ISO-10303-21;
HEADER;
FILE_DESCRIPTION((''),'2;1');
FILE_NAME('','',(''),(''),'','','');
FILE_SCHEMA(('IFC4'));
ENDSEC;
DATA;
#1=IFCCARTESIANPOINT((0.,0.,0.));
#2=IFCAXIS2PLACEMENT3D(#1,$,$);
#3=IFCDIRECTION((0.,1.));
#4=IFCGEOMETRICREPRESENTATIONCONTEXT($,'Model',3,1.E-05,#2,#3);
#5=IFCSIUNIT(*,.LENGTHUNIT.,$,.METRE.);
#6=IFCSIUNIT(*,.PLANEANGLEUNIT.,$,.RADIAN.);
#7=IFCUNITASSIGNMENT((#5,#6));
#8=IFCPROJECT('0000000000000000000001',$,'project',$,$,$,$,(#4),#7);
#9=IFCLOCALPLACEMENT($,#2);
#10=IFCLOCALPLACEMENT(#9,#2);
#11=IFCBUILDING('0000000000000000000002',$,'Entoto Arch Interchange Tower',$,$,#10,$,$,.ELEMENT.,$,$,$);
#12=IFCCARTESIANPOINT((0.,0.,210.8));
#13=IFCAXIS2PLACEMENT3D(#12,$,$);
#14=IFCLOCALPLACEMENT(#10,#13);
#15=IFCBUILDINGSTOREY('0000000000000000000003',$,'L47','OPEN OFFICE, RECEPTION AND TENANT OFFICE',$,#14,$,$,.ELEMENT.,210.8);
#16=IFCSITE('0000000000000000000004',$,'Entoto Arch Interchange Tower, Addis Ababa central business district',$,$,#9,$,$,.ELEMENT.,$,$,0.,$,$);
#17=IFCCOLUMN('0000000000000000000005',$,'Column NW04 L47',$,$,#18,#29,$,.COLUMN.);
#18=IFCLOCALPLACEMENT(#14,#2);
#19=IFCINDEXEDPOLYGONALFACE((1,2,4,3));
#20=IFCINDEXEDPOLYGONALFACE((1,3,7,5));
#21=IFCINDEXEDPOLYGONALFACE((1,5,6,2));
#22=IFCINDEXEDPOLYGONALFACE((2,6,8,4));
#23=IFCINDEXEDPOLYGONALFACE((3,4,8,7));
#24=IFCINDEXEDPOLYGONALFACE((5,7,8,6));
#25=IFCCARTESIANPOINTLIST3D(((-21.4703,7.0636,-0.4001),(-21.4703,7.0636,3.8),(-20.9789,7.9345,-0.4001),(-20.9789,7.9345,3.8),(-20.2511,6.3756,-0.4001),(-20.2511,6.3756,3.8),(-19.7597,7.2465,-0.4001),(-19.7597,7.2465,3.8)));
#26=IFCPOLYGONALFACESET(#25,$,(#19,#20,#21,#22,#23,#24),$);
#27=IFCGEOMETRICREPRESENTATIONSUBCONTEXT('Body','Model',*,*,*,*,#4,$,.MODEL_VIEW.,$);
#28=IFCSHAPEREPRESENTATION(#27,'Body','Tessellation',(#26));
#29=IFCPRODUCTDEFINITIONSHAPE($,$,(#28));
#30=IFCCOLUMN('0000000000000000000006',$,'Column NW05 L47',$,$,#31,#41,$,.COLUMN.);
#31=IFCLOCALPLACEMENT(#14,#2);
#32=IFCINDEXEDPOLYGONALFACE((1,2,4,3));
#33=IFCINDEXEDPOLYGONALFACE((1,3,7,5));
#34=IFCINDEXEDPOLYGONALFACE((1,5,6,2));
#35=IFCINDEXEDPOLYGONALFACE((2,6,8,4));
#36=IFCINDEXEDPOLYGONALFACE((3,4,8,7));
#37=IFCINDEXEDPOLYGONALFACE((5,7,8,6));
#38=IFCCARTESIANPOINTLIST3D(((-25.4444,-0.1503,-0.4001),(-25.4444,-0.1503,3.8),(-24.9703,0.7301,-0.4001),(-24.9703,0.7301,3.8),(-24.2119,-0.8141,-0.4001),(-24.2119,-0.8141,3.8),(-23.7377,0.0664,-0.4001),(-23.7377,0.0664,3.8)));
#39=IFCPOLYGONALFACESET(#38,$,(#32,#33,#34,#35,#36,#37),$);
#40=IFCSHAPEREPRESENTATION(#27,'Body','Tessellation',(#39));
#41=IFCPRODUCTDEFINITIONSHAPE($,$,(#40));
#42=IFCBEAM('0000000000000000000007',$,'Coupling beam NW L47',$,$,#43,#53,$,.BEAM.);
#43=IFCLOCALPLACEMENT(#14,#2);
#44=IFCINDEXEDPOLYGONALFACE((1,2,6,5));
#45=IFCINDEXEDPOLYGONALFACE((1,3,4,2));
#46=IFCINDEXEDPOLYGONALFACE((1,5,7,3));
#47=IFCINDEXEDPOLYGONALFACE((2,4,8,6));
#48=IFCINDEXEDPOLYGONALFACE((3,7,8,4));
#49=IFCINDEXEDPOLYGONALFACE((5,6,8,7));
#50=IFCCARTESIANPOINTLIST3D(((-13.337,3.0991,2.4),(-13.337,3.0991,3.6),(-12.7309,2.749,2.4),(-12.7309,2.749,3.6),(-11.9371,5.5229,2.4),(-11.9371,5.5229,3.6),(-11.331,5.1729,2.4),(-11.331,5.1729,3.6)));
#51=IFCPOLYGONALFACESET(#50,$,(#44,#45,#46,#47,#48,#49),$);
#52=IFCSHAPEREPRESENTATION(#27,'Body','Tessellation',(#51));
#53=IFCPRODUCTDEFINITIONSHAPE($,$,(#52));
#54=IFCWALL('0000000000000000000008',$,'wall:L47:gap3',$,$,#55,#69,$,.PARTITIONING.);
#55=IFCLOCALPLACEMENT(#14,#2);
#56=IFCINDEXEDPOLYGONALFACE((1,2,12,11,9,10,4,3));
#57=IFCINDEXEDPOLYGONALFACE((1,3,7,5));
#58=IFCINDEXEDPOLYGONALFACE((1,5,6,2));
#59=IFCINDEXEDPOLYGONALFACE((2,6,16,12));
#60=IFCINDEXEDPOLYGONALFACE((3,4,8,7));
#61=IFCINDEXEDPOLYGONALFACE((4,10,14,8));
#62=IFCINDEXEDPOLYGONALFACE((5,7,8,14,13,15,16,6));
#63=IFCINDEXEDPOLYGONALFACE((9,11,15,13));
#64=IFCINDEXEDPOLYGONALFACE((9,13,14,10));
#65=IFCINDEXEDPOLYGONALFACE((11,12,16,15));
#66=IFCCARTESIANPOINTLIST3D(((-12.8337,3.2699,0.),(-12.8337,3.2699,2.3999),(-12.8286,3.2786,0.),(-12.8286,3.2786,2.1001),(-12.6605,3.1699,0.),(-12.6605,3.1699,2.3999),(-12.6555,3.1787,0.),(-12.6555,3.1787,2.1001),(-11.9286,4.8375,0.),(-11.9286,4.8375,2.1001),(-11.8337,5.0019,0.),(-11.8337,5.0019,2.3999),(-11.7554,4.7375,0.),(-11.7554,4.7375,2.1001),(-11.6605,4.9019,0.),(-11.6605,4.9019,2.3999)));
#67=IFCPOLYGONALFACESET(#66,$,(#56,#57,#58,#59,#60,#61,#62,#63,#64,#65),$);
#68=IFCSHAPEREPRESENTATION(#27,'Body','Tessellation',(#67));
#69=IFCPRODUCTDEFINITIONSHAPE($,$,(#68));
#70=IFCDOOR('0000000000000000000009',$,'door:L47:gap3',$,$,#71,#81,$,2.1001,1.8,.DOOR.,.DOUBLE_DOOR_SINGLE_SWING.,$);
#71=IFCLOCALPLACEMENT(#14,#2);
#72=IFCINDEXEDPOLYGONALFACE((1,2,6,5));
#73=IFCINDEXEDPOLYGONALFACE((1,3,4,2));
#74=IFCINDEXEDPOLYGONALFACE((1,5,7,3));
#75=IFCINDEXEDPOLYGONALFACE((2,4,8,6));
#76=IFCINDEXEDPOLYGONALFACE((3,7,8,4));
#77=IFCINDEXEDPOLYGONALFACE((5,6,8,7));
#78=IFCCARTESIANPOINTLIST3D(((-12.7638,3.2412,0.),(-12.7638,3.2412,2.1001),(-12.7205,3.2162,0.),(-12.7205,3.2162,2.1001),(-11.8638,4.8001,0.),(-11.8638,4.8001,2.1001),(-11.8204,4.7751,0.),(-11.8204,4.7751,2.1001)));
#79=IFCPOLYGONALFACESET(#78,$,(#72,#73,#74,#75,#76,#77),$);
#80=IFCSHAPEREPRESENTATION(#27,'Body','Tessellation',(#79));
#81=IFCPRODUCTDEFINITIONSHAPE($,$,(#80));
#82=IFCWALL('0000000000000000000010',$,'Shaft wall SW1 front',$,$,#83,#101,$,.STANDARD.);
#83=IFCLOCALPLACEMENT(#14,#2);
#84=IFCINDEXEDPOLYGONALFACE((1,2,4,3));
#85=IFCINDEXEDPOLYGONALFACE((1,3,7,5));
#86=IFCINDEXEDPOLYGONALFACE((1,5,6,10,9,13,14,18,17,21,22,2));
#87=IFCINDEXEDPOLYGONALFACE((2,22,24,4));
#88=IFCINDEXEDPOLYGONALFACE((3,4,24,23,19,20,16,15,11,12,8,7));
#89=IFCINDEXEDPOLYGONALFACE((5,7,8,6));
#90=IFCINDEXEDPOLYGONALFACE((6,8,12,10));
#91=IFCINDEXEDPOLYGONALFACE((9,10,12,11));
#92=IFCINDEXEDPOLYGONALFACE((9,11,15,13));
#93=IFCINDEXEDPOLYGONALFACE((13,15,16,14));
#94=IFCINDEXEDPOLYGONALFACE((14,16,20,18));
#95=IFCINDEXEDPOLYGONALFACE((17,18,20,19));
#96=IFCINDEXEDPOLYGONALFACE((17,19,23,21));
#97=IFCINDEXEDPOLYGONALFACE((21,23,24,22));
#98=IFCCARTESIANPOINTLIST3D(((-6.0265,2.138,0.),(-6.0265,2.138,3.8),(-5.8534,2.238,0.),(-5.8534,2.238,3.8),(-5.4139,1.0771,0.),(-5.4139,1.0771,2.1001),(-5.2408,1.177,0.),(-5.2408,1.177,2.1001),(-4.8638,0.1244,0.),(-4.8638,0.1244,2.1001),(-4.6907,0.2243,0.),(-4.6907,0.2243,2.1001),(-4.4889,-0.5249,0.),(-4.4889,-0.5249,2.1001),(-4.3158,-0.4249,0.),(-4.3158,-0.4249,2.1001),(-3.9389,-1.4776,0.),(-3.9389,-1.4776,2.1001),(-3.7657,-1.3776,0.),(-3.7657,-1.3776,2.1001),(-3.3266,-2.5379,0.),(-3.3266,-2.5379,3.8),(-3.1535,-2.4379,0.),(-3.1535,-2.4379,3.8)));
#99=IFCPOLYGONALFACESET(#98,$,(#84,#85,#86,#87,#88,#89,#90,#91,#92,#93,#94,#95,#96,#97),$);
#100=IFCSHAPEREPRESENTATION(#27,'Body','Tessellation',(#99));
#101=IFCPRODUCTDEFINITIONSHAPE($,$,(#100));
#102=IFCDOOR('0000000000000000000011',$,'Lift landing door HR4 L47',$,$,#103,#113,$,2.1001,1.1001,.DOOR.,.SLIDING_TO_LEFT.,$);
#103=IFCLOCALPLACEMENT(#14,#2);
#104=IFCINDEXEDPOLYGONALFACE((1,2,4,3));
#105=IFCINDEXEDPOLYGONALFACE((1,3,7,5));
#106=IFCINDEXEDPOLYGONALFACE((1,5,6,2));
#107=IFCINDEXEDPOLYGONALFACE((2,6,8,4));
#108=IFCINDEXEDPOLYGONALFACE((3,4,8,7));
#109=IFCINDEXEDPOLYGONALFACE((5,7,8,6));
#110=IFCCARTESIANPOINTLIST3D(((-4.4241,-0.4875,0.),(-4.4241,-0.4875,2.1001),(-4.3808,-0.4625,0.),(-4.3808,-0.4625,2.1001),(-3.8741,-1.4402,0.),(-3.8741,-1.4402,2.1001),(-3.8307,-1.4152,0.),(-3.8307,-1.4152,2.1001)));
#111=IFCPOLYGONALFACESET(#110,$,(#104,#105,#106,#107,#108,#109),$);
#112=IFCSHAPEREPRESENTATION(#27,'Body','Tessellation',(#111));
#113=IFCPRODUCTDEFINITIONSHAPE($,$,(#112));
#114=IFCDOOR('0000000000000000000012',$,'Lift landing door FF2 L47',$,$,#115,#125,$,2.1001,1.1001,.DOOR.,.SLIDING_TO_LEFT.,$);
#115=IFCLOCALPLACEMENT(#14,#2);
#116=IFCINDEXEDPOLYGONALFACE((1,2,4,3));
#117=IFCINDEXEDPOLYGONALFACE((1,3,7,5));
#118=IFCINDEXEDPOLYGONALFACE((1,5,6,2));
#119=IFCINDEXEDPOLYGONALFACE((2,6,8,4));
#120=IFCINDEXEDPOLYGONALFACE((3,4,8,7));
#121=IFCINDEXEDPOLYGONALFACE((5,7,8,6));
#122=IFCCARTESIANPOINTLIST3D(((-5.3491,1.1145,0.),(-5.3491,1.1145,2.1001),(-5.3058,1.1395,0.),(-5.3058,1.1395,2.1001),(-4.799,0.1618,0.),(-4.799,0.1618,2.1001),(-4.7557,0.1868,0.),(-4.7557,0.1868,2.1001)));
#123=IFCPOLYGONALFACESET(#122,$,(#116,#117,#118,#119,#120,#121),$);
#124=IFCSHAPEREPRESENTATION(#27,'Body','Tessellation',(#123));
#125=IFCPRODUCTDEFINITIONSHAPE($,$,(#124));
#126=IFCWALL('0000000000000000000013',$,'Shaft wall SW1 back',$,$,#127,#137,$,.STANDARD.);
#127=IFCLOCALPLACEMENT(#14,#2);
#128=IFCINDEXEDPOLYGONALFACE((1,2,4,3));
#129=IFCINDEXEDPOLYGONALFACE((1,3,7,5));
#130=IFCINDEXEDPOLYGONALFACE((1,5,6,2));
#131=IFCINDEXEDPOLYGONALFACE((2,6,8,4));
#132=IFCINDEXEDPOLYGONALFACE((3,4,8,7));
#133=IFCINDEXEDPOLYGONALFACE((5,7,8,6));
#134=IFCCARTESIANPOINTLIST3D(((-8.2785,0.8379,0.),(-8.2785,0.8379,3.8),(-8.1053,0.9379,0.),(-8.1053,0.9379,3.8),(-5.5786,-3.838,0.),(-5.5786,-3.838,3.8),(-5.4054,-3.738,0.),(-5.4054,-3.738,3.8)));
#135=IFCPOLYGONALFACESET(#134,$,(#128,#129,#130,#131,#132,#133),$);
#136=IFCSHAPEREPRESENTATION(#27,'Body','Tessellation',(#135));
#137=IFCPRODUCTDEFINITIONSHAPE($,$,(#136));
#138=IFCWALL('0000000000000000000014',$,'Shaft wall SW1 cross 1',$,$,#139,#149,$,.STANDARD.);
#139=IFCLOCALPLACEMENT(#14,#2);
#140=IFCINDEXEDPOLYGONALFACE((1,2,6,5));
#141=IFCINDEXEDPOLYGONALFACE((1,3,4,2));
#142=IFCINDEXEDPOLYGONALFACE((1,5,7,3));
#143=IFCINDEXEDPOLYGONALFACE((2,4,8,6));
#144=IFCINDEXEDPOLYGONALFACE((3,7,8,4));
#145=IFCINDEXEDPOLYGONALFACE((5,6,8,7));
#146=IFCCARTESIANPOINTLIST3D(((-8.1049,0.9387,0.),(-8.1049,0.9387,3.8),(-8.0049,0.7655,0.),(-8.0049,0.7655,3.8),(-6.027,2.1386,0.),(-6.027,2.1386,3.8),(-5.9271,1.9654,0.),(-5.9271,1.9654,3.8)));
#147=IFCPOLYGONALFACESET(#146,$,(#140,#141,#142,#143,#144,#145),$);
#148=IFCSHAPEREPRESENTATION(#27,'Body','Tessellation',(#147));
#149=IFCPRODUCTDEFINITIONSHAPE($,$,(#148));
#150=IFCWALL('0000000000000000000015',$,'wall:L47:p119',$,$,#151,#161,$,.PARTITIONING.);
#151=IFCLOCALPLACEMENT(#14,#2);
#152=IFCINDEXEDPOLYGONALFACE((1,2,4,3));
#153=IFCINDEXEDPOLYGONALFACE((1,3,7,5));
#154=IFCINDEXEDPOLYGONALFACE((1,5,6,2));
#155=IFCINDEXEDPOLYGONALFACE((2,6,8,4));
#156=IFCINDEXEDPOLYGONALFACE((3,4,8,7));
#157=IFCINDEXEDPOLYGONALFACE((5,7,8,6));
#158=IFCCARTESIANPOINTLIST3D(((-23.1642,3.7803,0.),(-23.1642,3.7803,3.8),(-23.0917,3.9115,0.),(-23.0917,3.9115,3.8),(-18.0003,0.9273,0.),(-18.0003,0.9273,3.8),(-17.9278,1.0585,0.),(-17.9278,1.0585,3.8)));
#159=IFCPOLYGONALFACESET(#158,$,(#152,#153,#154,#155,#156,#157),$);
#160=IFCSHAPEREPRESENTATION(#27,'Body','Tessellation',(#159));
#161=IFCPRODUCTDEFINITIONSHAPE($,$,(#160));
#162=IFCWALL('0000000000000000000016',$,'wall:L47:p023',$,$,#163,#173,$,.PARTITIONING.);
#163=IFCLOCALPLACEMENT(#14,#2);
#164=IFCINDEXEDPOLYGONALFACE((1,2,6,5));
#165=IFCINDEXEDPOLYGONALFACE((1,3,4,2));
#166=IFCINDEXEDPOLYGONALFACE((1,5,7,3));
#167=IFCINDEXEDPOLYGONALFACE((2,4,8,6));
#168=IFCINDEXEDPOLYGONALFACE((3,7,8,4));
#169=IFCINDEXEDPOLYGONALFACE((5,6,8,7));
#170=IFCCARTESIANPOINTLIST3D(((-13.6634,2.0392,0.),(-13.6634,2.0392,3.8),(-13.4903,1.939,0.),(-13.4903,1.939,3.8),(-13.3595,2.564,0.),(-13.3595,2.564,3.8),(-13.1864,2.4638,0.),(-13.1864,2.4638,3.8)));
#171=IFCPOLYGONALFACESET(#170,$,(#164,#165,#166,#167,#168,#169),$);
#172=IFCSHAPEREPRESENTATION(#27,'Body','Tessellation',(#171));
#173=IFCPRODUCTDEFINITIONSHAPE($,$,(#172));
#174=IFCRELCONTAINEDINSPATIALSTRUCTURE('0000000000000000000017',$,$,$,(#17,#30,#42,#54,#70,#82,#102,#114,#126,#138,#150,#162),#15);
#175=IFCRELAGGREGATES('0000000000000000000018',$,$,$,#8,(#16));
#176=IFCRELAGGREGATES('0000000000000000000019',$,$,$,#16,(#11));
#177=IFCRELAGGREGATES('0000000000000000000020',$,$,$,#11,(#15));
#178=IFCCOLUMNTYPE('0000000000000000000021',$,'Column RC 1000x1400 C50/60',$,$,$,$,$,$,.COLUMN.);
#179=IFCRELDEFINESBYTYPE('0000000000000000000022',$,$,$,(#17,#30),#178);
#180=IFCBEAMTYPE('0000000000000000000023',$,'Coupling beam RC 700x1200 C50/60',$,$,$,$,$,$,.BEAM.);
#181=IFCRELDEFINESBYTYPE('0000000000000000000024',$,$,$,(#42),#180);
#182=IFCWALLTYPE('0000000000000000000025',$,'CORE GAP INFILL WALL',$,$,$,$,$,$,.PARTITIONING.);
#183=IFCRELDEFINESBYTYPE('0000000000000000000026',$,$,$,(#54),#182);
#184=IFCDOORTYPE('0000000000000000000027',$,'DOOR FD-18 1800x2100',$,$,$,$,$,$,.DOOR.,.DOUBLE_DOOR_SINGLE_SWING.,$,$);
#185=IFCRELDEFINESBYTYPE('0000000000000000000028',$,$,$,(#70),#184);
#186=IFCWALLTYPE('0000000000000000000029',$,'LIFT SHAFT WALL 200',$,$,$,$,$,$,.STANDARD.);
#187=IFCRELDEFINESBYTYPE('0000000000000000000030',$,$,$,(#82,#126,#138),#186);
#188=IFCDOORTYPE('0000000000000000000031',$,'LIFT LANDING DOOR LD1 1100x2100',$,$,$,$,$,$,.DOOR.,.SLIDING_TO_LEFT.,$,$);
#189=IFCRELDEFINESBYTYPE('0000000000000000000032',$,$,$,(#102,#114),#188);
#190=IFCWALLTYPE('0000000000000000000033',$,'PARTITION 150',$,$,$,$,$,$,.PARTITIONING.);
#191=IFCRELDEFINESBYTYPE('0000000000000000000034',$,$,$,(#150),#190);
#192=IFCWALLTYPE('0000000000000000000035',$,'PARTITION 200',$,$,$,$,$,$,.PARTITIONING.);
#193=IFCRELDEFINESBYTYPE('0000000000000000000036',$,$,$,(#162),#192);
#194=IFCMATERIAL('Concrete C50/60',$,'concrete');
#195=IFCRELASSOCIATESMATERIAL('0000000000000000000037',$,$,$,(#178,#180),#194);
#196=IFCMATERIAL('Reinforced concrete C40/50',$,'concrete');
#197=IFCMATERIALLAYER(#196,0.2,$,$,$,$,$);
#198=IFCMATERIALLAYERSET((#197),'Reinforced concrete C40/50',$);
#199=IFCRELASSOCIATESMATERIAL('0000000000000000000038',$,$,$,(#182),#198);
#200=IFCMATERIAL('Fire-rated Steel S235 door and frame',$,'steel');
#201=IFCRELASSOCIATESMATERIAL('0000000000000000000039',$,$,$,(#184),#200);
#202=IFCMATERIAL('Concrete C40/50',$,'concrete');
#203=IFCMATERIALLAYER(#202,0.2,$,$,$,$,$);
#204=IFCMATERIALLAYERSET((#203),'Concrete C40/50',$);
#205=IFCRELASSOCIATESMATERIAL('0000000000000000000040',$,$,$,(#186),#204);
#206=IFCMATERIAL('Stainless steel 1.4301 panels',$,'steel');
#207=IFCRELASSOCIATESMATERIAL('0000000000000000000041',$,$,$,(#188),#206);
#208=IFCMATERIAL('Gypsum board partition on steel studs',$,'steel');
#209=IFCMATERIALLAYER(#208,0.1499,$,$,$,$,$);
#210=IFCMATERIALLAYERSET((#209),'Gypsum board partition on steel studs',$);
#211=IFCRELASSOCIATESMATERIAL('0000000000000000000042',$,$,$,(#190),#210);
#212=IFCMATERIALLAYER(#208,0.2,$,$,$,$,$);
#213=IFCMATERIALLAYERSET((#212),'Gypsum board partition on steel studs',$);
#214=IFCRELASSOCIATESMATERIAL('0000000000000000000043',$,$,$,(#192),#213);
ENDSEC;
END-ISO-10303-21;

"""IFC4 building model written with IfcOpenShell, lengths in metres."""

from ifc_helpers import new_model, si_unit, direction, frame, frame_2d, origin, origin_2d, place, context, subcontext, project, spatial, rectangle, extrude, material, layer, layer_set, material_profile, profile_set, type_object, element, fill, save


model = new_model("IFC4")

# Units and contexts
model_context = context("Model", 3, precision=1e-05, world=origin(), true_north=direction((0.0, 1.0)))
body_context = subcontext(model_context, "Body", "Model", "MODEL_VIEW")
ifc_project = project(units=[si_unit("LENGTHUNIT", "METRE"), si_unit("PLANEANGLEUNIT", "RADIAN")], contexts=[model_context])

# Site, building, storey
site_placement = place(None, origin())
site = spatial("IfcSite", under=ifc_project, at=site_placement, Name="Entoto Arch Interchange Tower, Addis Ababa central business district", CompositionType="ELEMENT", RefElevation=0.0)
building_placement = place(site_placement, origin())
building = spatial("IfcBuilding", under=site, at=building_placement, Name="Entoto Arch Interchange Tower", CompositionType="ELEMENT")
storey_placement = place(building_placement, frame((0.0, 0.0, 210.8)))
storey = spatial("IfcBuildingStorey", under=building, at=storey_placement, Name="L47", Description="OPEN OFFICE, RECEPTION AND TENANT OFFICE", CompositionType="ELEMENT", Elevation=210.8)

# Columns
ifc_material_1 = material(Name="Concrete C50/60", Category="concrete")
ifc_material_profile_1 = material_profile(ifc_material_1, rectangle(XDim=1.0, YDim=1.3999, at=origin_2d()))
ifc_profile_set_1 = profile_set([ifc_material_profile_1], Name="Concrete C50/60")
column_type = type_object("IfcColumnType", Name="Column RC 1000x1400 C50/60", PredefinedType="COLUMN", material=ifc_profile_set_1)
for number, where, z_axis, x_axis, name in (
    (1, (-20.615, 7.155, -0.4001), (0.0, 0.0, 1.0), (0.491436, 0.870914, 0.0), "Column NW04 L47"),
    (2, (-24.5911, -0.042, -0.4001), (0.0, 0.0, 1.0), (0.474134, 0.880453, 0.0), "Column NW05 L47"),
):
    element("IfcColumn", number, at=place(storey_placement, frame(where, z_axis=z_axis, x_axis=x_axis)), inside=storey, type_object=column_type, Name=name, PredefinedType="COLUMN", context=body_context, shape_type="SweptSolid", body=[
        extrude(rectangle(XDim=1.0, YDim=1.3999, at=origin_2d()), origin(), (0.0, 0.0, 1.0), 4.2002),
    ])

# Beam
ifc_material_profile_2 = material_profile(ifc_material_1, rectangle(XDim=0.7, YDim=1.2, at=origin_2d()))
ifc_profile_set_2 = profile_set([ifc_material_profile_2], Name="Concrete C50/60")
beam_type = type_object("IfcBeamType", Name="Coupling beam RC 700x1200 C50/60", PredefinedType="BEAM", material=ifc_profile_set_2)
beam_placement = place(storey_placement, frame((-11.634, 5.3479, 3.0), z_axis=(-0.500135, -0.865947, 0.0), x_axis=(0.865947, -0.500135, 0.0)))
element("IfcBeam", 3, at=beam_placement, inside=storey, type_object=beam_type, Name="Coupling beam NW L47", PredefinedType="BEAM", context=body_context, shape_type="SweptSolid", body=[
    extrude(rectangle(XDim=0.7, YDim=1.2, at=origin_2d()), origin(), (0.0, 0.0, 1.0), 2.7991),
])

# Wall, opening, door
ifc_material_2 = material(Name="Reinforced concrete C40/50", Category="concrete")
ifc_layer_1 = layer(ifc_material_2, 0.2)
ifc_layer_set_1 = layer_set([ifc_layer_1], Name="Reinforced concrete C40/50")
wall_type_1 = type_object("IfcWallType", Name="CORE GAP INFILL WALL", PredefinedType="PARTITIONING", material=ifc_layer_set_1)
wall_1_placement = place(storey_placement, frame((-11.7471, 4.9519, 0.0), z_axis=(0.0, 0.0, 1.0), x_axis=(-0.500025, -0.866011, 0.0)))
wall_1 = element("IfcWall", 4, at=wall_1_placement, inside=storey, type_object=wall_type_1, Name="wall:L47:gap3", PredefinedType="PARTITIONING", context=body_context, shape_type="SweptSolid", body=[
    extrude(rectangle(XDim=2.0, YDim=0.2, at=frame_2d((1.0, 0.0))), origin(), (0.0, 0.0, 1.0), 2.3999),
])
opening_1_placement = place(wall_1_placement, frame((0.1899, 0.0, 0.0)))
opening_1 = element("IfcOpeningElement", 5, at=opening_1_placement, cuts=wall_1, PredefinedType="OPENING", context=body_context, shape_type="SweptSolid", body=[
    extrude(rectangle(XDim=1.8, YDim=2.1001, at=frame_2d((0.8999, 1.05))), frame((0.0, 0.1099, 0.0), z_axis=(0.0, -1.0, 0.0), x_axis=(1.0, 0.0, 0.0)), (0.0, 0.0, 1.0), 0.22),
])
ifc_material_3 = material(Name="Fire-rated Steel S235 door and frame", Category="steel")
door_type_1 = type_object("IfcDoorType", Name="DOOR FD-18 1800x2100", OperationType="DOUBLE_DOOR_SINGLE_SWING", PredefinedType="DOOR", material=ifc_material_3)
door_1_placement = place(opening_1_placement, origin())
door_1 = element("IfcDoor", 6, at=door_1_placement, inside=storey, type_object=door_type_1, Name="door:L47:gap3", OperationType="DOUBLE_DOOR_SINGLE_SWING", OverallHeight=2.1001, OverallWidth=1.8, PredefinedType="DOOR", context=body_context, shape_type="SweptSolid", body=[
    extrude(rectangle(XDim=1.8, YDim=2.1001, at=frame_2d((0.8999, 1.05))), frame((0.0, 0.0249, 0.0), z_axis=(0.0, -1.0, 0.0), x_axis=(1.0, 0.0, 0.0)), (0.0, 0.0, 1.0), 0.05),
])
fill(opening_1, door_1)

# Wall, openings, doors
ifc_material_4 = material(Name="Concrete C40/50", Category="concrete")
ifc_layer_2 = layer(ifc_material_4, 0.2)
ifc_layer_set_2 = layer_set([ifc_layer_2], Name="Concrete C40/50")
wall_type_2 = type_object("IfcWallType", Name="LIFT SHAFT WALL 200", PredefinedType="STANDARD", material=ifc_layer_set_2)
wall_2_placement = place(storey_placement, frame((-5.9399, 2.188, 0.0), z_axis=(0.0, 0.0, 1.0), x_axis=(0.500034, -0.866006, 0.0)))
wall_2 = element("IfcWall", 7, at=wall_2_placement, inside=storey, type_object=wall_type_2, Name="Shaft wall SW1 front", PredefinedType="STANDARD", context=body_context, shape_type="SweptSolid", body=[
    extrude(rectangle(XDim=5.3994, YDim=0.2, at=frame_2d((2.6997, 0.0))), origin(), (0.0, 0.0, 1.0), 3.8),
])
opening_2_placement = place(wall_2_placement, frame((3.075, 0.0, 0.0)))
opening_2 = element("IfcOpeningElement", 8, at=opening_2_placement, cuts=wall_2, PredefinedType="OPENING", context=body_context, shape_type="SweptSolid", body=[
    extrude(rectangle(XDim=1.1001, YDim=2.1001, at=frame_2d((0.55, 1.05))), frame((0.0, 0.1099, 0.0), z_axis=(0.0, -1.0, 0.0), x_axis=(1.0, 0.0, 0.0)), (0.0, 0.0, 1.0), 0.22),
])
opening_3_placement = place(wall_2_placement, frame((1.2251, 0.0, 0.0)))
opening_3 = element("IfcOpeningElement", 9, at=opening_3_placement, cuts=wall_2, PredefinedType="OPENING", context=body_context, shape_type="SweptSolid", body=[
    extrude(rectangle(XDim=1.1001, YDim=2.1001, at=frame_2d((0.55, 1.05))), frame((0.0, 0.1099, 0.0), z_axis=(0.0, -1.0, 0.0), x_axis=(1.0, 0.0, 0.0)), (0.0, 0.0, 1.0), 0.22),
])
ifc_material_5 = material(Name="Stainless steel 1.4301 panels", Category="steel")
door_type_2 = type_object("IfcDoorType", Name="LIFT LANDING DOOR LD1 1100x2100", OperationType="SLIDING_TO_LEFT", PredefinedType="DOOR", material=ifc_material_5)
door_2_placement = place(opening_2_placement, origin())
door_2 = element("IfcDoor", 10, at=door_2_placement, inside=storey, type_object=door_type_2, Name="Lift landing door HR4 L47", OperationType="SLIDING_TO_LEFT", OverallHeight=2.1001, OverallWidth=1.1001, PredefinedType="DOOR", context=body_context, shape_type="SweptSolid", body=[
    extrude(rectangle(XDim=1.1001, YDim=2.1001, at=frame_2d((0.55, 1.05))), frame((0.0, 0.0249, 0.0), z_axis=(0.0, -1.0, 0.0), x_axis=(1.0, 0.0, 0.0)), (0.0, 0.0, 1.0), 0.05),
])
fill(opening_2, door_2)
door_3_placement = place(opening_3_placement, origin())
door_3 = element("IfcDoor", 11, at=door_3_placement, inside=storey, type_object=door_type_2, Name="Lift landing door FF2 L47", OperationType="SLIDING_TO_LEFT", OverallHeight=2.1001, OverallWidth=1.1001, PredefinedType="DOOR", context=body_context, shape_type="SweptSolid", body=[
    extrude(rectangle(XDim=1.1001, YDim=2.1001, at=frame_2d((0.55, 1.05))), frame((0.0, 0.0249, 0.0), z_axis=(0.0, -1.0, 0.0), x_axis=(1.0, 0.0, 0.0)), (0.0, 0.0, 1.0), 0.05),
])
fill(opening_3, door_3)

# Walls
wall_3_placement = place(storey_placement, frame((-8.1919, 0.8879, 0.0), z_axis=(0.0, 0.0, 1.0), x_axis=(0.500034, -0.866006, 0.0)))
element("IfcWall", 12, at=wall_3_placement, inside=storey, type_object=wall_type_2, Name="Shaft wall SW1 back", PredefinedType="STANDARD", context=body_context, shape_type="SweptSolid", body=[
    extrude(rectangle(XDim=5.3994, YDim=0.2, at=frame_2d((2.6997, 0.0))), origin(), (0.0, 0.0, 1.0), 3.8),
])
wall_4_placement = place(storey_placement, frame((-5.9771, 2.052, 0.0), z_axis=(0.0, 0.0, 1.0), x_axis=(-0.865974, -0.500089, 0.0)))
element("IfcWall", 13, at=wall_4_placement, inside=storey, type_object=wall_type_2, Name="Shaft wall SW1 cross 1", PredefinedType="STANDARD", context=body_context, shape_type="SweptSolid", body=[
    extrude(rectangle(XDim=2.3994, YDim=0.2, at=frame_2d((1.1997, 0.0))), origin(), (0.0, 0.0, 1.0), 3.8),
])
ifc_material_6 = material(Name="Gypsum board partition on steel studs", Category="steel")
ifc_layer_3 = layer(ifc_material_6, 0.1499)
ifc_layer_set_3 = layer_set([ifc_layer_3], Name="Gypsum board partition on steel studs")
wall_type_3 = type_object("IfcWallType", Name="PARTITION 150", PredefinedType="PARTITIONING", material=ifc_layer_set_3)
wall_5_placement = place(storey_placement, frame((-17.9641, 0.9929, 0.0), z_axis=(0.0, 0.0, 1.0), x_axis=(-0.875289, 0.4836, 0.0)))
element("IfcWall", 14, at=wall_5_placement, inside=storey, type_object=wall_type_3, Name="wall:L47:p119", PredefinedType="PARTITIONING", context=body_context, shape_type="SweptSolid", body=[
    extrude(rectangle(XDim=5.8997, YDim=0.1499, at=frame_2d((2.9497, 0.0))), origin(), (0.0, 0.0, 1.0), 3.8),
])
ifc_layer_4 = layer(ifc_material_6, 0.2)
ifc_layer_set_4 = layer_set([ifc_layer_4], Name="Gypsum board partition on steel studs")
wall_type_4 = type_object("IfcWallType", Name="PARTITION 200", PredefinedType="PARTITIONING", material=ifc_layer_set_4)
wall_6_placement = place(storey_placement, frame((-13.2729, 2.5139, 0.0), z_axis=(0.0, 0.0, 1.0), x_axis=(-0.501116, -0.86538, 0.0)))
element("IfcWall", 15, at=wall_6_placement, inside=storey, type_object=wall_type_4, Name="wall:L47:p023", PredefinedType="PARTITIONING", context=body_context, shape_type="SweptSolid", body=[
    extrude(rectangle(XDim=0.6064, YDim=0.2, at=frame_2d((0.3032, 0.0))), origin(), (0.0, 0.0, 1.0), 3.8),
])

save(model, "model.ifc")
